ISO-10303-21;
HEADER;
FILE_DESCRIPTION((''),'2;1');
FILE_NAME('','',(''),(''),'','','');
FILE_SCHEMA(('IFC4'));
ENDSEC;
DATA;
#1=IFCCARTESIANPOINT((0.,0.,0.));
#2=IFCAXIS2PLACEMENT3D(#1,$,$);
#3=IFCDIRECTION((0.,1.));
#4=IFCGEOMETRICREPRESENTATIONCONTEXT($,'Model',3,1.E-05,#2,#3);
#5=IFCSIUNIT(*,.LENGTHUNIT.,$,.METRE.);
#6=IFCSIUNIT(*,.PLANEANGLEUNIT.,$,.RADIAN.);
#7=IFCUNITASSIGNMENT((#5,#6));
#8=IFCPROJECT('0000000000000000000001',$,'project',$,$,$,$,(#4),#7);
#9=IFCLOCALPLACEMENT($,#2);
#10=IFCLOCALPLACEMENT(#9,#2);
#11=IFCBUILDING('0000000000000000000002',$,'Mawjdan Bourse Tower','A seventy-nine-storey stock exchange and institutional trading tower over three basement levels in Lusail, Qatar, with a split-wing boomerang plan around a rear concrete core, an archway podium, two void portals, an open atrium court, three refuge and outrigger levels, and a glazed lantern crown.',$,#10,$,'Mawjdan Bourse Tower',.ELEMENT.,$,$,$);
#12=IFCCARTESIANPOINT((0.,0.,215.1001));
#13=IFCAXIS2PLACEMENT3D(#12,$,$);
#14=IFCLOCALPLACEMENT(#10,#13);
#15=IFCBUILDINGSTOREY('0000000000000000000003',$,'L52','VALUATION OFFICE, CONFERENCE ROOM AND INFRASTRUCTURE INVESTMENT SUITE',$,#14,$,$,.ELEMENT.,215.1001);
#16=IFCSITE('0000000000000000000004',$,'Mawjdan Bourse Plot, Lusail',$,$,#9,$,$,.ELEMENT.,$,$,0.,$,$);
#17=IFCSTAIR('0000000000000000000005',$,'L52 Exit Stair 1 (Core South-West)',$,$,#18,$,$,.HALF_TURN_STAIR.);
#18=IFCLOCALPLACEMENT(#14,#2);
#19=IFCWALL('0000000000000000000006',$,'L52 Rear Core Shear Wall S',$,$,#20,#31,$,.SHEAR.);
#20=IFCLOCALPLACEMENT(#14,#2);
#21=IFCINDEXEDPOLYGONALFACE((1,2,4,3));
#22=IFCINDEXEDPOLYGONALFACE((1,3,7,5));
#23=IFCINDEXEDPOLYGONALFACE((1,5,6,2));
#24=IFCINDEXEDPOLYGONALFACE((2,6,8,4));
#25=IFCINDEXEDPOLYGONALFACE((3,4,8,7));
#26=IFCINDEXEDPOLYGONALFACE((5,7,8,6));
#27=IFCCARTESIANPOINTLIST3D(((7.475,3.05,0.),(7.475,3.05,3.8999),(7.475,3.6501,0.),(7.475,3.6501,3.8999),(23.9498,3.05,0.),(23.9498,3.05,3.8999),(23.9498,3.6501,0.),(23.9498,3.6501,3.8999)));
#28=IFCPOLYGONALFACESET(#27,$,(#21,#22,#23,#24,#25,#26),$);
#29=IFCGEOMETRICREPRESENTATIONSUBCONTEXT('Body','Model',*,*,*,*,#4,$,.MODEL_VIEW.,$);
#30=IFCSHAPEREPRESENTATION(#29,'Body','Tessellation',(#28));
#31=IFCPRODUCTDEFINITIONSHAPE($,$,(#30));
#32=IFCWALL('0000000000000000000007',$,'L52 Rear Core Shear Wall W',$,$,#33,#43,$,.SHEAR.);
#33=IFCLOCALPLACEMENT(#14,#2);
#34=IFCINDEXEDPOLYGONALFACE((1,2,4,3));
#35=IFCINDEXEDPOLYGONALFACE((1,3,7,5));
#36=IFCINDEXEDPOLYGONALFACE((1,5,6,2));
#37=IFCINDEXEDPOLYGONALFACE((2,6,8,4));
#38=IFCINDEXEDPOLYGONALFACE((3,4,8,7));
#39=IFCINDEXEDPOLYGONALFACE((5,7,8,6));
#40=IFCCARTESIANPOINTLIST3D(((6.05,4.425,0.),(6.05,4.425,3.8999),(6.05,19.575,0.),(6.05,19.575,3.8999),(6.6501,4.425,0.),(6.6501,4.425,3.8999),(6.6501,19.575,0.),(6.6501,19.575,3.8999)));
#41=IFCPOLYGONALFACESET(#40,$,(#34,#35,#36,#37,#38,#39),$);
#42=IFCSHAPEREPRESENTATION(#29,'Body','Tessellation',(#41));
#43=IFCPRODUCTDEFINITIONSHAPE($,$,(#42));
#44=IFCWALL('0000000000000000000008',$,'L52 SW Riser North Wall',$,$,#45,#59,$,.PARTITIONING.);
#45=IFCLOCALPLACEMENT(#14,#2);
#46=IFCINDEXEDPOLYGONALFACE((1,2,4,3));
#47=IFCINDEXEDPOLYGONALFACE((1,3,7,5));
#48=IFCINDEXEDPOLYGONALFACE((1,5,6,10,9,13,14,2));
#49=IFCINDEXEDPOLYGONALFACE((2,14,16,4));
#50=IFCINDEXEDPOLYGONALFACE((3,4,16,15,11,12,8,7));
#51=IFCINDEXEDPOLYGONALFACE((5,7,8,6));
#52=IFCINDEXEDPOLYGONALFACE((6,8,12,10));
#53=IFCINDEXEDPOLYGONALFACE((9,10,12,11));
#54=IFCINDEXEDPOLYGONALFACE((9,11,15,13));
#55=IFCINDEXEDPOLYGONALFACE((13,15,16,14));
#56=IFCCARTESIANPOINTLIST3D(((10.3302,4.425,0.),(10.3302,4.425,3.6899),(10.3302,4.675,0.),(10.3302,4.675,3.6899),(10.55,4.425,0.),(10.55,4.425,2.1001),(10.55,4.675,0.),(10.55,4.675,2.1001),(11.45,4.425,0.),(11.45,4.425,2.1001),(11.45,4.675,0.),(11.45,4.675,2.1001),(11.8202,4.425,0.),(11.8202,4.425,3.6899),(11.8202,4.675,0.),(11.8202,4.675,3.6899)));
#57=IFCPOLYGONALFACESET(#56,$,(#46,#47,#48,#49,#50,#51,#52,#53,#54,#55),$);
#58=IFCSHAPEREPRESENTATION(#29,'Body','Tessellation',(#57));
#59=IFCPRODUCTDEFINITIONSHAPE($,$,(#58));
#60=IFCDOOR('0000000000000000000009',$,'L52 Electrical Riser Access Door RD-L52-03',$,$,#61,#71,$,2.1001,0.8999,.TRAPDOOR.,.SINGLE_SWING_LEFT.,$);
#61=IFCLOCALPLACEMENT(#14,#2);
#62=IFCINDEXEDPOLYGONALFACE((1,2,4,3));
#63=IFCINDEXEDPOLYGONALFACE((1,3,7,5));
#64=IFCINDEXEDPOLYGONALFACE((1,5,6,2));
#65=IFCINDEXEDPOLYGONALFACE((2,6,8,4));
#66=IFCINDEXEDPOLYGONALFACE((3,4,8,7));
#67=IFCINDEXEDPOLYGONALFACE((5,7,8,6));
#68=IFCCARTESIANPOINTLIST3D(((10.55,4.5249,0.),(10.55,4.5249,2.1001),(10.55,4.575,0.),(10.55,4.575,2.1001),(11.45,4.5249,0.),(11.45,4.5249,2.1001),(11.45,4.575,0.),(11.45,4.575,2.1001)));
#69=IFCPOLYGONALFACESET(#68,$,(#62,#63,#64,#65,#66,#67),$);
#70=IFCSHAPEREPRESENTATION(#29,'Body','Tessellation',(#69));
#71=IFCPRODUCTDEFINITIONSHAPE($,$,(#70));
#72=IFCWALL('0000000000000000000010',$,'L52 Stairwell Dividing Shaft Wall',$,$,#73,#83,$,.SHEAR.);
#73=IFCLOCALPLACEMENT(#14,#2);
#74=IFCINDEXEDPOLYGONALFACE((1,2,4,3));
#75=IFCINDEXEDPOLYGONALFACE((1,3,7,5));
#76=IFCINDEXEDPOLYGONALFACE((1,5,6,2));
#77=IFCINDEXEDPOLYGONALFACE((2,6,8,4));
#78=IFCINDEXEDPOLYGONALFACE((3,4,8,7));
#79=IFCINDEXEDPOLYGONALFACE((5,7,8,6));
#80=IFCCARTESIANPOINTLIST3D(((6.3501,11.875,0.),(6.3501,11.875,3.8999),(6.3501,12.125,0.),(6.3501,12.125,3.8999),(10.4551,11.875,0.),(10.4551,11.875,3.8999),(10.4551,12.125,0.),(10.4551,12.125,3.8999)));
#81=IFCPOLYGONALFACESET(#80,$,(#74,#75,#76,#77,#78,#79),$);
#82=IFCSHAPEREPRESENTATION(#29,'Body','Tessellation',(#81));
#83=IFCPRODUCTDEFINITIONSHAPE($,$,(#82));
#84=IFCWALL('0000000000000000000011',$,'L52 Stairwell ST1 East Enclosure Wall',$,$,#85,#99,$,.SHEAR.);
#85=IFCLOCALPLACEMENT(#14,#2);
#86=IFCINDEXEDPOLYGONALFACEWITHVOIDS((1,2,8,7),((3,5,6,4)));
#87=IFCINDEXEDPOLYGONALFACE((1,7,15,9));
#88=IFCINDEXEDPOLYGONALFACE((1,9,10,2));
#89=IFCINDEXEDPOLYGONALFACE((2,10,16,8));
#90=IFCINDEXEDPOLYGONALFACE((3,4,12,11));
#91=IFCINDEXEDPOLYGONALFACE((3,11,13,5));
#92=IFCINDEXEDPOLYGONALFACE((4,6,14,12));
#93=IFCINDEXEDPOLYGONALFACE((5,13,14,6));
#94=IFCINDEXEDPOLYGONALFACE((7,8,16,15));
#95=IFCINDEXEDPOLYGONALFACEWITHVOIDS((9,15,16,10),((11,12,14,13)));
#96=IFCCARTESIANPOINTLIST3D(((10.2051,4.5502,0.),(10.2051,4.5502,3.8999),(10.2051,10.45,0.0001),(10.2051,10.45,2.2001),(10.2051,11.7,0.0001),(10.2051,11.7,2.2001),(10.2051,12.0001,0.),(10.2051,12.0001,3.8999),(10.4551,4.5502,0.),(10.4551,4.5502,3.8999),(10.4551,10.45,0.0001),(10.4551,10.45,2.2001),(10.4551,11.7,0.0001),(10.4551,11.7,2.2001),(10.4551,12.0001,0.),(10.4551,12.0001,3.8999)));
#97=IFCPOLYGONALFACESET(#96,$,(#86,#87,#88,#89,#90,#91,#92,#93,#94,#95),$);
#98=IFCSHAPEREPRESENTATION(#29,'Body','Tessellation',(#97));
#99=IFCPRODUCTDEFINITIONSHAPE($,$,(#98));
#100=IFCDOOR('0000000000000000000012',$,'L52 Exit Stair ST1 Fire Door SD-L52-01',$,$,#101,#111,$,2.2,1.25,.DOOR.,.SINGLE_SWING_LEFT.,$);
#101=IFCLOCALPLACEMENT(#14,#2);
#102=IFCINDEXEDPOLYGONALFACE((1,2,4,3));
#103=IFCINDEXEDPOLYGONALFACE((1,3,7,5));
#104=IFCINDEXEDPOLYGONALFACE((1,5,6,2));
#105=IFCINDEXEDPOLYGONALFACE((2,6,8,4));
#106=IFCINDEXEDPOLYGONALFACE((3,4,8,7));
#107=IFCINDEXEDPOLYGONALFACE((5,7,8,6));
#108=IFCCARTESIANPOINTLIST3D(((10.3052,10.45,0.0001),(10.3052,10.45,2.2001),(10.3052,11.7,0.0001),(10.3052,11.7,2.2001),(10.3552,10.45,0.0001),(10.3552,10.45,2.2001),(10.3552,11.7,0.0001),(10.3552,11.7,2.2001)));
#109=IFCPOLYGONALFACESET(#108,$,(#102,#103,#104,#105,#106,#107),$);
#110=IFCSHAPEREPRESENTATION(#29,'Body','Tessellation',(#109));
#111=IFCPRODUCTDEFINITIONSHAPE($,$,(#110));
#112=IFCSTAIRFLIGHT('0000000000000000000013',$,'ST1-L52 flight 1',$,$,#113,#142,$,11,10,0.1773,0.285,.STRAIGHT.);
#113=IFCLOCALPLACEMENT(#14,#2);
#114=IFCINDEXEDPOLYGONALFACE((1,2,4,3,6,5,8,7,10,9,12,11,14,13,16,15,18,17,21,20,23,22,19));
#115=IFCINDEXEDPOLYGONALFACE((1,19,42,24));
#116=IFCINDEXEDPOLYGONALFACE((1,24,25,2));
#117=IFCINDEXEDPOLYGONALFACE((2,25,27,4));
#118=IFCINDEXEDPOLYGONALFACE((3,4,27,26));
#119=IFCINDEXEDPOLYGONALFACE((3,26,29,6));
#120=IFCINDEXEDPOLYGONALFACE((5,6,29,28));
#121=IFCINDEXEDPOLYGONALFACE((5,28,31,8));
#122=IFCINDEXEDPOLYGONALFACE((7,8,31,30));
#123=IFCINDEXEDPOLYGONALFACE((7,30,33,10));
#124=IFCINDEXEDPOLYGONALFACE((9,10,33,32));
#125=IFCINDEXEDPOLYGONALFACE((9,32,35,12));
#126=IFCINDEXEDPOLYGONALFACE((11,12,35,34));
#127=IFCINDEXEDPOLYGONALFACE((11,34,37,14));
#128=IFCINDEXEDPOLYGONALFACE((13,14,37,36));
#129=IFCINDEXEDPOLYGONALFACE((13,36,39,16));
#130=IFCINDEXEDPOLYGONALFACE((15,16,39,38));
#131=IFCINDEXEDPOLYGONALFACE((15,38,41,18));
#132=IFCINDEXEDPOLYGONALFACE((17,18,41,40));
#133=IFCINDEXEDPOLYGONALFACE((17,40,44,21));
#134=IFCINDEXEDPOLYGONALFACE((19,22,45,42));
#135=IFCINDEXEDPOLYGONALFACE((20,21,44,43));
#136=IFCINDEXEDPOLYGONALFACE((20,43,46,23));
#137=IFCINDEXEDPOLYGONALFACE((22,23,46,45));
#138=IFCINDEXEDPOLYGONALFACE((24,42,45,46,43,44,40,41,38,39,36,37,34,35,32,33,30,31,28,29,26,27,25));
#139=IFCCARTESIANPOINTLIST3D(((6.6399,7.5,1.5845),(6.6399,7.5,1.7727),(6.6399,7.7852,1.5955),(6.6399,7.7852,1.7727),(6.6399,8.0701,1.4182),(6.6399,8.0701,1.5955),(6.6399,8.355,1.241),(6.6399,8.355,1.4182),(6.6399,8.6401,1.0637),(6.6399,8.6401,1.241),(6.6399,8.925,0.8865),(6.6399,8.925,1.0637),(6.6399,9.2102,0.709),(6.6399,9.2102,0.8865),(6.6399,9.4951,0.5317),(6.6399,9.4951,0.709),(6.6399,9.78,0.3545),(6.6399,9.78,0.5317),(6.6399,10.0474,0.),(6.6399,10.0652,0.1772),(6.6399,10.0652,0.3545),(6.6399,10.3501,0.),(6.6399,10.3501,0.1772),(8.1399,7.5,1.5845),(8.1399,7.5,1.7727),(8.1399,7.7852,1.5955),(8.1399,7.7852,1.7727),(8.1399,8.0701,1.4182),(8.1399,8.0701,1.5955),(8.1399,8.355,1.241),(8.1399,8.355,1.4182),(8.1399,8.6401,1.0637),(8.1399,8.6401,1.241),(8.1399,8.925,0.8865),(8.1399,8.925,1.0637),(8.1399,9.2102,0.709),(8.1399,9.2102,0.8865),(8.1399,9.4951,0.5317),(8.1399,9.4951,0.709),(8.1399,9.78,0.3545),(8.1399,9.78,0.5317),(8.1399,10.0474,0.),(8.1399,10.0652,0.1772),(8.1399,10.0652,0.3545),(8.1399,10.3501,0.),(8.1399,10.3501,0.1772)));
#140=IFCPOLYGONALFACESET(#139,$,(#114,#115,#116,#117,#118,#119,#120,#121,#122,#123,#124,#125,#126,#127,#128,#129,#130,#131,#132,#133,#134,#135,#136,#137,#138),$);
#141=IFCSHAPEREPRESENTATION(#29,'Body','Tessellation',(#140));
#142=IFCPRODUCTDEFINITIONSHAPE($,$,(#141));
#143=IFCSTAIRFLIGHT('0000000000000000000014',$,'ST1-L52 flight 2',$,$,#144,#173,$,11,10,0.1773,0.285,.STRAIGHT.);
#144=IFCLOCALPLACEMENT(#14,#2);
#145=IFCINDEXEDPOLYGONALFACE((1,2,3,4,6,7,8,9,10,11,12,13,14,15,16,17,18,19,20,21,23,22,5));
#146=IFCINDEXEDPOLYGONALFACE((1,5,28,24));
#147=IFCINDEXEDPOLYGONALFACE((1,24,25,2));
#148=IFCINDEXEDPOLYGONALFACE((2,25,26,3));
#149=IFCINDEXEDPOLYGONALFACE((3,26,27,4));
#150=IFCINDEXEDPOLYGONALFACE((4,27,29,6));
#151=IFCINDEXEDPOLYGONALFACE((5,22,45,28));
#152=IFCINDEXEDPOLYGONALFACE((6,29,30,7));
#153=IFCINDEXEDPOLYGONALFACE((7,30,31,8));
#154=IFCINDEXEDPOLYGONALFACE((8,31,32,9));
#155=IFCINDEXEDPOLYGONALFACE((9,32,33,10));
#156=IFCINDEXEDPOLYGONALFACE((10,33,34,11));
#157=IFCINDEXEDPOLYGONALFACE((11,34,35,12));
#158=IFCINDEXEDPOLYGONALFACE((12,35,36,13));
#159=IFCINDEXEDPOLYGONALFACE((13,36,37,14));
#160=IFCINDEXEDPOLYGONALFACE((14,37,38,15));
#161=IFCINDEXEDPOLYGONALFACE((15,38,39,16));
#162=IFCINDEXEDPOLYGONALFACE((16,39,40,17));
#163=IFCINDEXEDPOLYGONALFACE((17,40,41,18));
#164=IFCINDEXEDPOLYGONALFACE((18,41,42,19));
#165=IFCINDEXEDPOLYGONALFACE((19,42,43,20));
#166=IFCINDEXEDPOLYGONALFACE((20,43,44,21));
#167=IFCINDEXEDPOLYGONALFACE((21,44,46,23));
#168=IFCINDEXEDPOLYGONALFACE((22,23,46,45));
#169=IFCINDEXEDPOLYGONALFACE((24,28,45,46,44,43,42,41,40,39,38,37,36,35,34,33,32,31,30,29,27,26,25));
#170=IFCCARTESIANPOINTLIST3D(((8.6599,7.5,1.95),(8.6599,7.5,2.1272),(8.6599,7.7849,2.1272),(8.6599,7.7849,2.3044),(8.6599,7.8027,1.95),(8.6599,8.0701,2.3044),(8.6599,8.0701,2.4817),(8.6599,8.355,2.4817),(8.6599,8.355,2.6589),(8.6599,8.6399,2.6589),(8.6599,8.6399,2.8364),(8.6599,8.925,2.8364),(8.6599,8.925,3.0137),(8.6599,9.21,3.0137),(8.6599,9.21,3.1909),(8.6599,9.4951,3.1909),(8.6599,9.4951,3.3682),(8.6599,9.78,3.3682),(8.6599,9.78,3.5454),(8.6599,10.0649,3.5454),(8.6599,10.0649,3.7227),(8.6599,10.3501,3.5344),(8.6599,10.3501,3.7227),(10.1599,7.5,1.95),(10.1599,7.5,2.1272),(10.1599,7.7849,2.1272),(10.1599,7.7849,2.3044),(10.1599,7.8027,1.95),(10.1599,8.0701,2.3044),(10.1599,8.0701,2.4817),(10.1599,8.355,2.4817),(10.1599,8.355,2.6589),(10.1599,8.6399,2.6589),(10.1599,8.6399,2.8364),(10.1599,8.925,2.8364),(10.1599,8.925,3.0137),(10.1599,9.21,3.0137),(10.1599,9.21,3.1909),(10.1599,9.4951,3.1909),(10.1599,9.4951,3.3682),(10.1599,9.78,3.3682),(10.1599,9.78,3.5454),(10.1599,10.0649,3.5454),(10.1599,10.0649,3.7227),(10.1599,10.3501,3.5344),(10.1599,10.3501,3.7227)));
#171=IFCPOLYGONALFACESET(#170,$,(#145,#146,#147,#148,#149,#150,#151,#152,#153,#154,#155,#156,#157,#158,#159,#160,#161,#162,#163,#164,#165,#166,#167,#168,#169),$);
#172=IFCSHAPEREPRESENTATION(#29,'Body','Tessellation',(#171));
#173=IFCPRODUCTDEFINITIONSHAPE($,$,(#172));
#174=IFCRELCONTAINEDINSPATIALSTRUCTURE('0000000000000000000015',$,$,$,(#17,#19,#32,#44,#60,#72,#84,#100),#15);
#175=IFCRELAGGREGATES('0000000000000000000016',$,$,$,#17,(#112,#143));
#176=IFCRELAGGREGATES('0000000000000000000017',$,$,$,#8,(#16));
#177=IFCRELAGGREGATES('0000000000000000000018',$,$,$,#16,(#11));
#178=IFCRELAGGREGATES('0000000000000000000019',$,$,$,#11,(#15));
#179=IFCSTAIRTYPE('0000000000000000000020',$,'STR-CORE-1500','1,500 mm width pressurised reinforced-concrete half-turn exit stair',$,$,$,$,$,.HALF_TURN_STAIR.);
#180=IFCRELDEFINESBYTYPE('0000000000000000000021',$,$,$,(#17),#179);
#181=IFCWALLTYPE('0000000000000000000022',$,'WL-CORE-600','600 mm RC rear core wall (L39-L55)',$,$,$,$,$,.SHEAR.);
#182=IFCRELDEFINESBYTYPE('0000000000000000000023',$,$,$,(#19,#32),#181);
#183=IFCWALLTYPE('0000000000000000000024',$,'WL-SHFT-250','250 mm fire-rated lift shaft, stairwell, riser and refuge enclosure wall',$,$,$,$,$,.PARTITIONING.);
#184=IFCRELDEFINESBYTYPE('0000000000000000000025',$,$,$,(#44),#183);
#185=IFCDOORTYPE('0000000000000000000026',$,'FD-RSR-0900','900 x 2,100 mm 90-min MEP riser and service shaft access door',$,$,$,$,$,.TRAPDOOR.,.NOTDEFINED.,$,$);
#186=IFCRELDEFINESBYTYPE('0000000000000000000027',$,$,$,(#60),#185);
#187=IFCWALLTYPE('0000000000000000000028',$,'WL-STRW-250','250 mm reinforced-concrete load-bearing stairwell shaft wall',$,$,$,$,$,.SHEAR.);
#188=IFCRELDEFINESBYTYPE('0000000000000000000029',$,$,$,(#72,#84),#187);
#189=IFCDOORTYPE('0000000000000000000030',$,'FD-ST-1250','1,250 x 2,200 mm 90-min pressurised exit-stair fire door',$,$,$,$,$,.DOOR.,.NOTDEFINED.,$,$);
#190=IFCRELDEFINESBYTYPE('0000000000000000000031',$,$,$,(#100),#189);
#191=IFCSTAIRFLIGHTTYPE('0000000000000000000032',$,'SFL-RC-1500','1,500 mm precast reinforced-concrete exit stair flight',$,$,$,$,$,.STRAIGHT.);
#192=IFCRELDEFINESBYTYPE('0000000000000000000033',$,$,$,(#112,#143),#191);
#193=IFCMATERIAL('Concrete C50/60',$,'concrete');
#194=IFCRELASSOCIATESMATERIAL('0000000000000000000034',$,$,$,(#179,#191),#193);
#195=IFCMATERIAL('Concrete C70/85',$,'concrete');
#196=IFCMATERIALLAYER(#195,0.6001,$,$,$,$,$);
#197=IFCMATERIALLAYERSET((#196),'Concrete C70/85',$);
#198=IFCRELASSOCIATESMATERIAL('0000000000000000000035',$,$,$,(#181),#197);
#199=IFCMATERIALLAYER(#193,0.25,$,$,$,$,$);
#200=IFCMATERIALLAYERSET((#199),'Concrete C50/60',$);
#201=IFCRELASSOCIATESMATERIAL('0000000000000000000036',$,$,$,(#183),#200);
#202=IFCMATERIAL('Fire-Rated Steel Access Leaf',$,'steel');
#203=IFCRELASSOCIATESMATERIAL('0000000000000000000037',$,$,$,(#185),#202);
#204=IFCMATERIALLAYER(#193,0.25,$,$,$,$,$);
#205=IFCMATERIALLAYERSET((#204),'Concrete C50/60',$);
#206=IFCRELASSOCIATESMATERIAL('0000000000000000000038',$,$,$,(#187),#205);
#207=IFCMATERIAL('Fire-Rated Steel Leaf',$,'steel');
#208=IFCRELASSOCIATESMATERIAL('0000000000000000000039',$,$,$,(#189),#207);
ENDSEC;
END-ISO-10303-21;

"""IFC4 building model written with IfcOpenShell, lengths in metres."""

from ifc_helpers import new_model, si_unit, direction, frame, frame_2d, origin, place, context, subcontext, project, spatial, polyline, rectangle, outline, extrude, material, layer, layer_set, type_object, element, fill, aggregate, save


model = new_model("IFC4")

# Units and contexts
model_context = context("Model", 3, precision=1e-05, world=origin(), true_north=direction((0.0, 1.0)))
body_context = subcontext(model_context, "Body", "Model", "MODEL_VIEW")
ifc_project = project(units=[si_unit("LENGTHUNIT", "METRE"), si_unit("PLANEANGLEUNIT", "RADIAN")], contexts=[model_context])

# Site, building, storey
site_placement = place(None, origin())
site = spatial("IfcSite", under=ifc_project, at=site_placement, Name="Mawjdan Bourse Plot, Lusail", CompositionType="ELEMENT", RefElevation=0.0)
building_placement = place(site_placement, origin())
building = spatial("IfcBuilding", under=site, at=building_placement, Name="Mawjdan Bourse Tower", Description="A seventy-nine-storey stock exchange and institutional trading tower over three basement levels in Lusail, Qatar, with a split-wing boomerang plan around a rear concrete core, an archway podium, two void portals, an open atrium court, three refuge and outrigger levels, and a glazed lantern crown.", LongName="Mawjdan Bourse Tower", CompositionType="ELEMENT")
storey_placement = place(building_placement, frame((0.0, 0.0, 215.1001)))
storey = spatial("IfcBuildingStorey", under=building, at=storey_placement, Name="L52", Description="VALUATION OFFICE, CONFERENCE ROOM AND INFRASTRUCTURE INVESTMENT SUITE", CompositionType="ELEMENT", Elevation=215.1001)

# Stair
ifc_material_1 = material(Name="Concrete C50/60", Category="concrete")
stair_type = type_object("IfcStairType", Name="STR-CORE-1500", Description="1,500 mm width pressurised reinforced-concrete half-turn exit stair", PredefinedType="HALF_TURN_STAIR", material=ifc_material_1)
stair_1_placement = place(storey_placement, origin())
stair_1 = element("IfcStair", 1, at=stair_1_placement, inside=storey, type_object=stair_type, Name="L52 Exit Stair 1 (Core South-West)", PredefinedType="HALF_TURN_STAIR")

# Walls
ifc_material_2 = material(Name="Concrete C70/85", Category="concrete")
ifc_layer_1 = layer(ifc_material_2, 0.6001)
ifc_layer_set_1 = layer_set([ifc_layer_1], Name="Concrete C70/85")
wall_type_1 = type_object("IfcWallType", Name="WL-CORE-600", Description="600 mm RC rear core wall (L39-L55)", PredefinedType="SHEAR", material=ifc_layer_set_1)
wall_1_placement = place(storey_placement, frame((7.4751, 3.3501, 0.0), z_axis=(0.0, 0.0, 1.0), x_axis=(1.0, 0.0, 0.0)))
element("IfcWall", 2, at=wall_1_placement, inside=storey, type_object=wall_type_1, Name="L52 Rear Core Shear Wall S", PredefinedType="SHEAR", context=body_context, shape_type="SweptSolid", body=[
    extrude(rectangle(XDim=16.4749, YDim=0.6001, at=frame_2d((8.2373, 0.0))), origin(), (0.0, 0.0, 1.0), 3.8999),
])
wall_2_placement = place(storey_placement, frame((6.3501, 4.425, 0.0), z_axis=(0.0, 0.0, 1.0), x_axis=(0.0, 1.0, 0.0)))
element("IfcWall", 3, at=wall_2_placement, inside=storey, type_object=wall_type_1, Name="L52 Rear Core Shear Wall W", PredefinedType="SHEAR", context=body_context, shape_type="SweptSolid", body=[
    extrude(rectangle(XDim=15.1499, YDim=0.6001, at=frame_2d((7.575, 0.0))), origin(), (0.0, 0.0, 1.0), 3.8999),
])

# Wall, opening, door
ifc_layer_2 = layer(ifc_material_1, 0.25)
ifc_layer_set_2 = layer_set([ifc_layer_2], Name="Concrete C50/60")
wall_type_2 = type_object("IfcWallType", Name="WL-SHFT-250", Description="250 mm fire-rated lift shaft, stairwell, riser and refuge enclosure wall", PredefinedType="PARTITIONING", material=ifc_layer_set_2)
wall_3_placement = place(storey_placement, frame((10.3301, 4.55, 0.0), z_axis=(0.0, 0.0, 1.0), x_axis=(1.0, 0.0, 0.0)))
wall_3 = element("IfcWall", 4, at=wall_3_placement, inside=storey, type_object=wall_type_2, Name="L52 SW Riser North Wall", PredefinedType="PARTITIONING", context=body_context, shape_type="SweptSolid", body=[
    extrude(rectangle(XDim=1.49, YDim=0.25, at=frame_2d((0.7451, 0.0))), origin(), (0.0, 0.0, 1.0), 3.6899),
])
opening_1_placement = place(wall_3_placement, frame((0.22, 0.0, 0.0)))
opening_1 = element("IfcOpeningElement", 5, at=opening_1_placement, cuts=wall_3, PredefinedType="OPENING", context=body_context, shape_type="SweptSolid", body=[
    extrude(rectangle(XDim=0.8999, YDim=2.1001, at=frame_2d((0.45, 1.05))), frame((0.0, 0.135, 0.0), z_axis=(0.0, -1.0, 0.0), x_axis=(1.0, 0.0, 0.0)), (0.0, 0.0, 1.0), 0.27),
])
ifc_material_3 = material(Name="Fire-Rated Steel Access Leaf", Category="steel")
door_type_1 = type_object("IfcDoorType", Name="FD-RSR-0900", Description="900 x 2,100 mm 90-min MEP riser and service shaft access door", OperationType="NOTDEFINED", PredefinedType="TRAPDOOR", material=ifc_material_3)
door_1_placement = place(opening_1_placement, origin())
door_1 = element("IfcDoor", 6, at=door_1_placement, inside=storey, type_object=door_type_1, Name="L52 Electrical Riser Access Door RD-L52-03", OperationType="SINGLE_SWING_LEFT", OverallHeight=2.1001, OverallWidth=0.8999, PredefinedType="TRAPDOOR", context=body_context, shape_type="SweptSolid", body=[
    extrude(rectangle(XDim=0.8999, YDim=2.1001, at=frame_2d((0.45, 1.05))), frame((0.0, 0.0249, 0.0), z_axis=(0.0, -1.0, 0.0), x_axis=(1.0, 0.0, 0.0)), (0.0, 0.0, 1.0), 0.05),
])
fill(opening_1, door_1)

# Wall
ifc_layer_3 = layer(ifc_material_1, 0.25)
ifc_layer_set_3 = layer_set([ifc_layer_3], Name="Concrete C50/60")
wall_type_3 = type_object("IfcWallType", Name="WL-STRW-250", Description="250 mm reinforced-concrete load-bearing stairwell shaft wall", PredefinedType="SHEAR", material=ifc_layer_set_3)
wall_4_placement = place(storey_placement, frame((6.3501, 12.0, 0.0), z_axis=(0.0, 0.0, 1.0), x_axis=(1.0, 0.0, 0.0)))
element("IfcWall", 7, at=wall_4_placement, inside=storey, type_object=wall_type_3, Name="L52 Stairwell Dividing Shaft Wall", PredefinedType="SHEAR", context=body_context, shape_type="SweptSolid", body=[
    extrude(rectangle(XDim=4.105, YDim=0.25, at=frame_2d((2.0525, 0.0))), origin(), (0.0, 0.0, 1.0), 3.8999),
])

# Wall, opening, door
wall_5_placement = place(storey_placement, frame((10.3301, 4.55, 0.0), z_axis=(0.0, 0.0, 1.0), x_axis=(0.0, 1.0, 0.0)))
wall_5 = element("IfcWall", 8, at=wall_5_placement, inside=storey, type_object=wall_type_3, Name="L52 Stairwell ST1 East Enclosure Wall", PredefinedType="SHEAR", context=body_context, shape_type="SweptSolid", body=[
    extrude(rectangle(XDim=7.45, YDim=0.25, at=frame_2d((3.7251, 0.0))), origin(), (0.0, 0.0, 1.0), 3.8999),
])
opening_2_placement = place(wall_5_placement, frame((5.8999, 0.0, 0.0)))
opening_2 = element("IfcOpeningElement", 9, at=opening_2_placement, cuts=wall_5, PredefinedType="OPENING", context=body_context, shape_type="SweptSolid", body=[
    extrude(rectangle(XDim=1.25, YDim=2.2, at=frame_2d((0.625, 1.1001))), frame((0.0, 0.135, 0.0), z_axis=(0.0, -1.0, 0.0), x_axis=(1.0, 0.0, 0.0)), (0.0, 0.0, 1.0), 0.27),
])
ifc_material_4 = material(Name="Fire-Rated Steel Leaf", Category="steel")
door_type_2 = type_object("IfcDoorType", Name="FD-ST-1250", Description="1,250 x 2,200 mm 90-min pressurised exit-stair fire door", OperationType="NOTDEFINED", PredefinedType="DOOR", material=ifc_material_4)
door_2_placement = place(opening_2_placement, origin())
door_2 = element("IfcDoor", 10, at=door_2_placement, inside=storey, type_object=door_type_2, Name="L52 Exit Stair ST1 Fire Door SD-L52-01", OperationType="SINGLE_SWING_LEFT", OverallHeight=2.2, OverallWidth=1.25, PredefinedType="DOOR", context=body_context, shape_type="SweptSolid", body=[
    extrude(rectangle(XDim=1.25, YDim=2.2, at=frame_2d((0.625, 1.1001))), frame((0.0, 0.0249, 0.0), z_axis=(0.0, -1.0, 0.0), x_axis=(1.0, 0.0, 0.0)), (0.0, 0.0, 1.0), 0.05),
])
fill(opening_2, door_2)

# Stair flights
stair_flight_type = type_object("IfcStairFlightType", Name="SFL-RC-1500", Description="1,500 mm precast reinforced-concrete exit stair flight", PredefinedType="STRAIGHT", material=ifc_material_1)
stair_flight_1_placement = place(storey_placement, frame((7.3899, 10.3501, 0.0), z_axis=(0.0, 0.0, 1.0), x_axis=(0.0, -1.0, 0.0)))
stair_flight_1 = element("IfcStairFlight", 11, at=stair_flight_1_placement, type_object=stair_flight_type, Name="ST1-L52 flight 1", NumberOfRisers=11, NumberOfTreads=10, PredefinedType="STRAIGHT", RiserHeight=0.1773, TreadLength=0.285, context=body_context, shape_type="SweptSolid", body=[
    extrude(outline(polyline([(0.0, 0.0), (0.0, 0.1772), (0.2849, 0.1772), (0.2849, 0.3545), (0.5701, 0.3545), (0.5701, 0.5317), (0.855, 0.5317), (0.855, 0.709), (1.1399, 0.709), (1.1399, 0.8865), (1.425, 0.8865), (1.425, 1.0637), (1.71, 1.0637), (1.71, 1.241), (1.9951, 1.241), (1.9951, 1.4182), (2.28, 1.4182), (2.28, 1.5955), (2.5649, 1.5955), (2.5649, 1.7727), (2.8501, 1.7727), (2.8501, 1.95), (2.8501, 1.5845), (0.3027, 0.0), (0.0, 0.0)])), frame((0.0, 0.75, 0.0), z_axis=(0.0, -1.0, 0.0), x_axis=(1.0, 0.0, 0.0)), (0.0, 0.0, 1.0), 1.5),
])
stair_flight_2_placement = place(storey_placement, frame((9.4099, 7.5, 1.95), z_axis=(0.0, 0.0, 1.0), x_axis=(0.0, 1.0, 0.0)))
stair_flight_2 = element("IfcStairFlight", 12, at=stair_flight_2_placement, type_object=stair_flight_type, Name="ST1-L52 flight 2", NumberOfRisers=11, NumberOfTreads=10, PredefinedType="STRAIGHT", RiserHeight=0.1773, TreadLength=0.285, context=body_context, shape_type="SweptSolid", body=[
    extrude(outline(polyline([(0.0, 0.0), (0.0, 0.1772), (0.2849, 0.1772), (0.2849, 0.3545), (0.5701, 0.3545), (0.5701, 0.5317), (0.855, 0.5317), (0.855, 0.709), (1.1399, 0.709), (1.1399, 0.8865), (1.425, 0.8865), (1.425, 1.0637), (1.71, 1.0637), (1.71, 1.241), (1.9951, 1.241), (1.9951, 1.4182), (2.28, 1.4182), (2.28, 1.5955), (2.5649, 1.5955), (2.5649, 1.7727), (2.8501, 1.7727), (2.8501, 1.95), (2.8501, 1.5845), (0.3027, 0.0), (0.0, 0.0)])), frame((0.0, 0.75, 0.0), z_axis=(0.0, -1.0, 0.0), x_axis=(1.0, 0.0, 0.0)), (0.0, 0.0, 1.0), 1.5),
])
aggregate(stair_1, [stair_flight_1, stair_flight_2])

save(model, "model.ifc")
